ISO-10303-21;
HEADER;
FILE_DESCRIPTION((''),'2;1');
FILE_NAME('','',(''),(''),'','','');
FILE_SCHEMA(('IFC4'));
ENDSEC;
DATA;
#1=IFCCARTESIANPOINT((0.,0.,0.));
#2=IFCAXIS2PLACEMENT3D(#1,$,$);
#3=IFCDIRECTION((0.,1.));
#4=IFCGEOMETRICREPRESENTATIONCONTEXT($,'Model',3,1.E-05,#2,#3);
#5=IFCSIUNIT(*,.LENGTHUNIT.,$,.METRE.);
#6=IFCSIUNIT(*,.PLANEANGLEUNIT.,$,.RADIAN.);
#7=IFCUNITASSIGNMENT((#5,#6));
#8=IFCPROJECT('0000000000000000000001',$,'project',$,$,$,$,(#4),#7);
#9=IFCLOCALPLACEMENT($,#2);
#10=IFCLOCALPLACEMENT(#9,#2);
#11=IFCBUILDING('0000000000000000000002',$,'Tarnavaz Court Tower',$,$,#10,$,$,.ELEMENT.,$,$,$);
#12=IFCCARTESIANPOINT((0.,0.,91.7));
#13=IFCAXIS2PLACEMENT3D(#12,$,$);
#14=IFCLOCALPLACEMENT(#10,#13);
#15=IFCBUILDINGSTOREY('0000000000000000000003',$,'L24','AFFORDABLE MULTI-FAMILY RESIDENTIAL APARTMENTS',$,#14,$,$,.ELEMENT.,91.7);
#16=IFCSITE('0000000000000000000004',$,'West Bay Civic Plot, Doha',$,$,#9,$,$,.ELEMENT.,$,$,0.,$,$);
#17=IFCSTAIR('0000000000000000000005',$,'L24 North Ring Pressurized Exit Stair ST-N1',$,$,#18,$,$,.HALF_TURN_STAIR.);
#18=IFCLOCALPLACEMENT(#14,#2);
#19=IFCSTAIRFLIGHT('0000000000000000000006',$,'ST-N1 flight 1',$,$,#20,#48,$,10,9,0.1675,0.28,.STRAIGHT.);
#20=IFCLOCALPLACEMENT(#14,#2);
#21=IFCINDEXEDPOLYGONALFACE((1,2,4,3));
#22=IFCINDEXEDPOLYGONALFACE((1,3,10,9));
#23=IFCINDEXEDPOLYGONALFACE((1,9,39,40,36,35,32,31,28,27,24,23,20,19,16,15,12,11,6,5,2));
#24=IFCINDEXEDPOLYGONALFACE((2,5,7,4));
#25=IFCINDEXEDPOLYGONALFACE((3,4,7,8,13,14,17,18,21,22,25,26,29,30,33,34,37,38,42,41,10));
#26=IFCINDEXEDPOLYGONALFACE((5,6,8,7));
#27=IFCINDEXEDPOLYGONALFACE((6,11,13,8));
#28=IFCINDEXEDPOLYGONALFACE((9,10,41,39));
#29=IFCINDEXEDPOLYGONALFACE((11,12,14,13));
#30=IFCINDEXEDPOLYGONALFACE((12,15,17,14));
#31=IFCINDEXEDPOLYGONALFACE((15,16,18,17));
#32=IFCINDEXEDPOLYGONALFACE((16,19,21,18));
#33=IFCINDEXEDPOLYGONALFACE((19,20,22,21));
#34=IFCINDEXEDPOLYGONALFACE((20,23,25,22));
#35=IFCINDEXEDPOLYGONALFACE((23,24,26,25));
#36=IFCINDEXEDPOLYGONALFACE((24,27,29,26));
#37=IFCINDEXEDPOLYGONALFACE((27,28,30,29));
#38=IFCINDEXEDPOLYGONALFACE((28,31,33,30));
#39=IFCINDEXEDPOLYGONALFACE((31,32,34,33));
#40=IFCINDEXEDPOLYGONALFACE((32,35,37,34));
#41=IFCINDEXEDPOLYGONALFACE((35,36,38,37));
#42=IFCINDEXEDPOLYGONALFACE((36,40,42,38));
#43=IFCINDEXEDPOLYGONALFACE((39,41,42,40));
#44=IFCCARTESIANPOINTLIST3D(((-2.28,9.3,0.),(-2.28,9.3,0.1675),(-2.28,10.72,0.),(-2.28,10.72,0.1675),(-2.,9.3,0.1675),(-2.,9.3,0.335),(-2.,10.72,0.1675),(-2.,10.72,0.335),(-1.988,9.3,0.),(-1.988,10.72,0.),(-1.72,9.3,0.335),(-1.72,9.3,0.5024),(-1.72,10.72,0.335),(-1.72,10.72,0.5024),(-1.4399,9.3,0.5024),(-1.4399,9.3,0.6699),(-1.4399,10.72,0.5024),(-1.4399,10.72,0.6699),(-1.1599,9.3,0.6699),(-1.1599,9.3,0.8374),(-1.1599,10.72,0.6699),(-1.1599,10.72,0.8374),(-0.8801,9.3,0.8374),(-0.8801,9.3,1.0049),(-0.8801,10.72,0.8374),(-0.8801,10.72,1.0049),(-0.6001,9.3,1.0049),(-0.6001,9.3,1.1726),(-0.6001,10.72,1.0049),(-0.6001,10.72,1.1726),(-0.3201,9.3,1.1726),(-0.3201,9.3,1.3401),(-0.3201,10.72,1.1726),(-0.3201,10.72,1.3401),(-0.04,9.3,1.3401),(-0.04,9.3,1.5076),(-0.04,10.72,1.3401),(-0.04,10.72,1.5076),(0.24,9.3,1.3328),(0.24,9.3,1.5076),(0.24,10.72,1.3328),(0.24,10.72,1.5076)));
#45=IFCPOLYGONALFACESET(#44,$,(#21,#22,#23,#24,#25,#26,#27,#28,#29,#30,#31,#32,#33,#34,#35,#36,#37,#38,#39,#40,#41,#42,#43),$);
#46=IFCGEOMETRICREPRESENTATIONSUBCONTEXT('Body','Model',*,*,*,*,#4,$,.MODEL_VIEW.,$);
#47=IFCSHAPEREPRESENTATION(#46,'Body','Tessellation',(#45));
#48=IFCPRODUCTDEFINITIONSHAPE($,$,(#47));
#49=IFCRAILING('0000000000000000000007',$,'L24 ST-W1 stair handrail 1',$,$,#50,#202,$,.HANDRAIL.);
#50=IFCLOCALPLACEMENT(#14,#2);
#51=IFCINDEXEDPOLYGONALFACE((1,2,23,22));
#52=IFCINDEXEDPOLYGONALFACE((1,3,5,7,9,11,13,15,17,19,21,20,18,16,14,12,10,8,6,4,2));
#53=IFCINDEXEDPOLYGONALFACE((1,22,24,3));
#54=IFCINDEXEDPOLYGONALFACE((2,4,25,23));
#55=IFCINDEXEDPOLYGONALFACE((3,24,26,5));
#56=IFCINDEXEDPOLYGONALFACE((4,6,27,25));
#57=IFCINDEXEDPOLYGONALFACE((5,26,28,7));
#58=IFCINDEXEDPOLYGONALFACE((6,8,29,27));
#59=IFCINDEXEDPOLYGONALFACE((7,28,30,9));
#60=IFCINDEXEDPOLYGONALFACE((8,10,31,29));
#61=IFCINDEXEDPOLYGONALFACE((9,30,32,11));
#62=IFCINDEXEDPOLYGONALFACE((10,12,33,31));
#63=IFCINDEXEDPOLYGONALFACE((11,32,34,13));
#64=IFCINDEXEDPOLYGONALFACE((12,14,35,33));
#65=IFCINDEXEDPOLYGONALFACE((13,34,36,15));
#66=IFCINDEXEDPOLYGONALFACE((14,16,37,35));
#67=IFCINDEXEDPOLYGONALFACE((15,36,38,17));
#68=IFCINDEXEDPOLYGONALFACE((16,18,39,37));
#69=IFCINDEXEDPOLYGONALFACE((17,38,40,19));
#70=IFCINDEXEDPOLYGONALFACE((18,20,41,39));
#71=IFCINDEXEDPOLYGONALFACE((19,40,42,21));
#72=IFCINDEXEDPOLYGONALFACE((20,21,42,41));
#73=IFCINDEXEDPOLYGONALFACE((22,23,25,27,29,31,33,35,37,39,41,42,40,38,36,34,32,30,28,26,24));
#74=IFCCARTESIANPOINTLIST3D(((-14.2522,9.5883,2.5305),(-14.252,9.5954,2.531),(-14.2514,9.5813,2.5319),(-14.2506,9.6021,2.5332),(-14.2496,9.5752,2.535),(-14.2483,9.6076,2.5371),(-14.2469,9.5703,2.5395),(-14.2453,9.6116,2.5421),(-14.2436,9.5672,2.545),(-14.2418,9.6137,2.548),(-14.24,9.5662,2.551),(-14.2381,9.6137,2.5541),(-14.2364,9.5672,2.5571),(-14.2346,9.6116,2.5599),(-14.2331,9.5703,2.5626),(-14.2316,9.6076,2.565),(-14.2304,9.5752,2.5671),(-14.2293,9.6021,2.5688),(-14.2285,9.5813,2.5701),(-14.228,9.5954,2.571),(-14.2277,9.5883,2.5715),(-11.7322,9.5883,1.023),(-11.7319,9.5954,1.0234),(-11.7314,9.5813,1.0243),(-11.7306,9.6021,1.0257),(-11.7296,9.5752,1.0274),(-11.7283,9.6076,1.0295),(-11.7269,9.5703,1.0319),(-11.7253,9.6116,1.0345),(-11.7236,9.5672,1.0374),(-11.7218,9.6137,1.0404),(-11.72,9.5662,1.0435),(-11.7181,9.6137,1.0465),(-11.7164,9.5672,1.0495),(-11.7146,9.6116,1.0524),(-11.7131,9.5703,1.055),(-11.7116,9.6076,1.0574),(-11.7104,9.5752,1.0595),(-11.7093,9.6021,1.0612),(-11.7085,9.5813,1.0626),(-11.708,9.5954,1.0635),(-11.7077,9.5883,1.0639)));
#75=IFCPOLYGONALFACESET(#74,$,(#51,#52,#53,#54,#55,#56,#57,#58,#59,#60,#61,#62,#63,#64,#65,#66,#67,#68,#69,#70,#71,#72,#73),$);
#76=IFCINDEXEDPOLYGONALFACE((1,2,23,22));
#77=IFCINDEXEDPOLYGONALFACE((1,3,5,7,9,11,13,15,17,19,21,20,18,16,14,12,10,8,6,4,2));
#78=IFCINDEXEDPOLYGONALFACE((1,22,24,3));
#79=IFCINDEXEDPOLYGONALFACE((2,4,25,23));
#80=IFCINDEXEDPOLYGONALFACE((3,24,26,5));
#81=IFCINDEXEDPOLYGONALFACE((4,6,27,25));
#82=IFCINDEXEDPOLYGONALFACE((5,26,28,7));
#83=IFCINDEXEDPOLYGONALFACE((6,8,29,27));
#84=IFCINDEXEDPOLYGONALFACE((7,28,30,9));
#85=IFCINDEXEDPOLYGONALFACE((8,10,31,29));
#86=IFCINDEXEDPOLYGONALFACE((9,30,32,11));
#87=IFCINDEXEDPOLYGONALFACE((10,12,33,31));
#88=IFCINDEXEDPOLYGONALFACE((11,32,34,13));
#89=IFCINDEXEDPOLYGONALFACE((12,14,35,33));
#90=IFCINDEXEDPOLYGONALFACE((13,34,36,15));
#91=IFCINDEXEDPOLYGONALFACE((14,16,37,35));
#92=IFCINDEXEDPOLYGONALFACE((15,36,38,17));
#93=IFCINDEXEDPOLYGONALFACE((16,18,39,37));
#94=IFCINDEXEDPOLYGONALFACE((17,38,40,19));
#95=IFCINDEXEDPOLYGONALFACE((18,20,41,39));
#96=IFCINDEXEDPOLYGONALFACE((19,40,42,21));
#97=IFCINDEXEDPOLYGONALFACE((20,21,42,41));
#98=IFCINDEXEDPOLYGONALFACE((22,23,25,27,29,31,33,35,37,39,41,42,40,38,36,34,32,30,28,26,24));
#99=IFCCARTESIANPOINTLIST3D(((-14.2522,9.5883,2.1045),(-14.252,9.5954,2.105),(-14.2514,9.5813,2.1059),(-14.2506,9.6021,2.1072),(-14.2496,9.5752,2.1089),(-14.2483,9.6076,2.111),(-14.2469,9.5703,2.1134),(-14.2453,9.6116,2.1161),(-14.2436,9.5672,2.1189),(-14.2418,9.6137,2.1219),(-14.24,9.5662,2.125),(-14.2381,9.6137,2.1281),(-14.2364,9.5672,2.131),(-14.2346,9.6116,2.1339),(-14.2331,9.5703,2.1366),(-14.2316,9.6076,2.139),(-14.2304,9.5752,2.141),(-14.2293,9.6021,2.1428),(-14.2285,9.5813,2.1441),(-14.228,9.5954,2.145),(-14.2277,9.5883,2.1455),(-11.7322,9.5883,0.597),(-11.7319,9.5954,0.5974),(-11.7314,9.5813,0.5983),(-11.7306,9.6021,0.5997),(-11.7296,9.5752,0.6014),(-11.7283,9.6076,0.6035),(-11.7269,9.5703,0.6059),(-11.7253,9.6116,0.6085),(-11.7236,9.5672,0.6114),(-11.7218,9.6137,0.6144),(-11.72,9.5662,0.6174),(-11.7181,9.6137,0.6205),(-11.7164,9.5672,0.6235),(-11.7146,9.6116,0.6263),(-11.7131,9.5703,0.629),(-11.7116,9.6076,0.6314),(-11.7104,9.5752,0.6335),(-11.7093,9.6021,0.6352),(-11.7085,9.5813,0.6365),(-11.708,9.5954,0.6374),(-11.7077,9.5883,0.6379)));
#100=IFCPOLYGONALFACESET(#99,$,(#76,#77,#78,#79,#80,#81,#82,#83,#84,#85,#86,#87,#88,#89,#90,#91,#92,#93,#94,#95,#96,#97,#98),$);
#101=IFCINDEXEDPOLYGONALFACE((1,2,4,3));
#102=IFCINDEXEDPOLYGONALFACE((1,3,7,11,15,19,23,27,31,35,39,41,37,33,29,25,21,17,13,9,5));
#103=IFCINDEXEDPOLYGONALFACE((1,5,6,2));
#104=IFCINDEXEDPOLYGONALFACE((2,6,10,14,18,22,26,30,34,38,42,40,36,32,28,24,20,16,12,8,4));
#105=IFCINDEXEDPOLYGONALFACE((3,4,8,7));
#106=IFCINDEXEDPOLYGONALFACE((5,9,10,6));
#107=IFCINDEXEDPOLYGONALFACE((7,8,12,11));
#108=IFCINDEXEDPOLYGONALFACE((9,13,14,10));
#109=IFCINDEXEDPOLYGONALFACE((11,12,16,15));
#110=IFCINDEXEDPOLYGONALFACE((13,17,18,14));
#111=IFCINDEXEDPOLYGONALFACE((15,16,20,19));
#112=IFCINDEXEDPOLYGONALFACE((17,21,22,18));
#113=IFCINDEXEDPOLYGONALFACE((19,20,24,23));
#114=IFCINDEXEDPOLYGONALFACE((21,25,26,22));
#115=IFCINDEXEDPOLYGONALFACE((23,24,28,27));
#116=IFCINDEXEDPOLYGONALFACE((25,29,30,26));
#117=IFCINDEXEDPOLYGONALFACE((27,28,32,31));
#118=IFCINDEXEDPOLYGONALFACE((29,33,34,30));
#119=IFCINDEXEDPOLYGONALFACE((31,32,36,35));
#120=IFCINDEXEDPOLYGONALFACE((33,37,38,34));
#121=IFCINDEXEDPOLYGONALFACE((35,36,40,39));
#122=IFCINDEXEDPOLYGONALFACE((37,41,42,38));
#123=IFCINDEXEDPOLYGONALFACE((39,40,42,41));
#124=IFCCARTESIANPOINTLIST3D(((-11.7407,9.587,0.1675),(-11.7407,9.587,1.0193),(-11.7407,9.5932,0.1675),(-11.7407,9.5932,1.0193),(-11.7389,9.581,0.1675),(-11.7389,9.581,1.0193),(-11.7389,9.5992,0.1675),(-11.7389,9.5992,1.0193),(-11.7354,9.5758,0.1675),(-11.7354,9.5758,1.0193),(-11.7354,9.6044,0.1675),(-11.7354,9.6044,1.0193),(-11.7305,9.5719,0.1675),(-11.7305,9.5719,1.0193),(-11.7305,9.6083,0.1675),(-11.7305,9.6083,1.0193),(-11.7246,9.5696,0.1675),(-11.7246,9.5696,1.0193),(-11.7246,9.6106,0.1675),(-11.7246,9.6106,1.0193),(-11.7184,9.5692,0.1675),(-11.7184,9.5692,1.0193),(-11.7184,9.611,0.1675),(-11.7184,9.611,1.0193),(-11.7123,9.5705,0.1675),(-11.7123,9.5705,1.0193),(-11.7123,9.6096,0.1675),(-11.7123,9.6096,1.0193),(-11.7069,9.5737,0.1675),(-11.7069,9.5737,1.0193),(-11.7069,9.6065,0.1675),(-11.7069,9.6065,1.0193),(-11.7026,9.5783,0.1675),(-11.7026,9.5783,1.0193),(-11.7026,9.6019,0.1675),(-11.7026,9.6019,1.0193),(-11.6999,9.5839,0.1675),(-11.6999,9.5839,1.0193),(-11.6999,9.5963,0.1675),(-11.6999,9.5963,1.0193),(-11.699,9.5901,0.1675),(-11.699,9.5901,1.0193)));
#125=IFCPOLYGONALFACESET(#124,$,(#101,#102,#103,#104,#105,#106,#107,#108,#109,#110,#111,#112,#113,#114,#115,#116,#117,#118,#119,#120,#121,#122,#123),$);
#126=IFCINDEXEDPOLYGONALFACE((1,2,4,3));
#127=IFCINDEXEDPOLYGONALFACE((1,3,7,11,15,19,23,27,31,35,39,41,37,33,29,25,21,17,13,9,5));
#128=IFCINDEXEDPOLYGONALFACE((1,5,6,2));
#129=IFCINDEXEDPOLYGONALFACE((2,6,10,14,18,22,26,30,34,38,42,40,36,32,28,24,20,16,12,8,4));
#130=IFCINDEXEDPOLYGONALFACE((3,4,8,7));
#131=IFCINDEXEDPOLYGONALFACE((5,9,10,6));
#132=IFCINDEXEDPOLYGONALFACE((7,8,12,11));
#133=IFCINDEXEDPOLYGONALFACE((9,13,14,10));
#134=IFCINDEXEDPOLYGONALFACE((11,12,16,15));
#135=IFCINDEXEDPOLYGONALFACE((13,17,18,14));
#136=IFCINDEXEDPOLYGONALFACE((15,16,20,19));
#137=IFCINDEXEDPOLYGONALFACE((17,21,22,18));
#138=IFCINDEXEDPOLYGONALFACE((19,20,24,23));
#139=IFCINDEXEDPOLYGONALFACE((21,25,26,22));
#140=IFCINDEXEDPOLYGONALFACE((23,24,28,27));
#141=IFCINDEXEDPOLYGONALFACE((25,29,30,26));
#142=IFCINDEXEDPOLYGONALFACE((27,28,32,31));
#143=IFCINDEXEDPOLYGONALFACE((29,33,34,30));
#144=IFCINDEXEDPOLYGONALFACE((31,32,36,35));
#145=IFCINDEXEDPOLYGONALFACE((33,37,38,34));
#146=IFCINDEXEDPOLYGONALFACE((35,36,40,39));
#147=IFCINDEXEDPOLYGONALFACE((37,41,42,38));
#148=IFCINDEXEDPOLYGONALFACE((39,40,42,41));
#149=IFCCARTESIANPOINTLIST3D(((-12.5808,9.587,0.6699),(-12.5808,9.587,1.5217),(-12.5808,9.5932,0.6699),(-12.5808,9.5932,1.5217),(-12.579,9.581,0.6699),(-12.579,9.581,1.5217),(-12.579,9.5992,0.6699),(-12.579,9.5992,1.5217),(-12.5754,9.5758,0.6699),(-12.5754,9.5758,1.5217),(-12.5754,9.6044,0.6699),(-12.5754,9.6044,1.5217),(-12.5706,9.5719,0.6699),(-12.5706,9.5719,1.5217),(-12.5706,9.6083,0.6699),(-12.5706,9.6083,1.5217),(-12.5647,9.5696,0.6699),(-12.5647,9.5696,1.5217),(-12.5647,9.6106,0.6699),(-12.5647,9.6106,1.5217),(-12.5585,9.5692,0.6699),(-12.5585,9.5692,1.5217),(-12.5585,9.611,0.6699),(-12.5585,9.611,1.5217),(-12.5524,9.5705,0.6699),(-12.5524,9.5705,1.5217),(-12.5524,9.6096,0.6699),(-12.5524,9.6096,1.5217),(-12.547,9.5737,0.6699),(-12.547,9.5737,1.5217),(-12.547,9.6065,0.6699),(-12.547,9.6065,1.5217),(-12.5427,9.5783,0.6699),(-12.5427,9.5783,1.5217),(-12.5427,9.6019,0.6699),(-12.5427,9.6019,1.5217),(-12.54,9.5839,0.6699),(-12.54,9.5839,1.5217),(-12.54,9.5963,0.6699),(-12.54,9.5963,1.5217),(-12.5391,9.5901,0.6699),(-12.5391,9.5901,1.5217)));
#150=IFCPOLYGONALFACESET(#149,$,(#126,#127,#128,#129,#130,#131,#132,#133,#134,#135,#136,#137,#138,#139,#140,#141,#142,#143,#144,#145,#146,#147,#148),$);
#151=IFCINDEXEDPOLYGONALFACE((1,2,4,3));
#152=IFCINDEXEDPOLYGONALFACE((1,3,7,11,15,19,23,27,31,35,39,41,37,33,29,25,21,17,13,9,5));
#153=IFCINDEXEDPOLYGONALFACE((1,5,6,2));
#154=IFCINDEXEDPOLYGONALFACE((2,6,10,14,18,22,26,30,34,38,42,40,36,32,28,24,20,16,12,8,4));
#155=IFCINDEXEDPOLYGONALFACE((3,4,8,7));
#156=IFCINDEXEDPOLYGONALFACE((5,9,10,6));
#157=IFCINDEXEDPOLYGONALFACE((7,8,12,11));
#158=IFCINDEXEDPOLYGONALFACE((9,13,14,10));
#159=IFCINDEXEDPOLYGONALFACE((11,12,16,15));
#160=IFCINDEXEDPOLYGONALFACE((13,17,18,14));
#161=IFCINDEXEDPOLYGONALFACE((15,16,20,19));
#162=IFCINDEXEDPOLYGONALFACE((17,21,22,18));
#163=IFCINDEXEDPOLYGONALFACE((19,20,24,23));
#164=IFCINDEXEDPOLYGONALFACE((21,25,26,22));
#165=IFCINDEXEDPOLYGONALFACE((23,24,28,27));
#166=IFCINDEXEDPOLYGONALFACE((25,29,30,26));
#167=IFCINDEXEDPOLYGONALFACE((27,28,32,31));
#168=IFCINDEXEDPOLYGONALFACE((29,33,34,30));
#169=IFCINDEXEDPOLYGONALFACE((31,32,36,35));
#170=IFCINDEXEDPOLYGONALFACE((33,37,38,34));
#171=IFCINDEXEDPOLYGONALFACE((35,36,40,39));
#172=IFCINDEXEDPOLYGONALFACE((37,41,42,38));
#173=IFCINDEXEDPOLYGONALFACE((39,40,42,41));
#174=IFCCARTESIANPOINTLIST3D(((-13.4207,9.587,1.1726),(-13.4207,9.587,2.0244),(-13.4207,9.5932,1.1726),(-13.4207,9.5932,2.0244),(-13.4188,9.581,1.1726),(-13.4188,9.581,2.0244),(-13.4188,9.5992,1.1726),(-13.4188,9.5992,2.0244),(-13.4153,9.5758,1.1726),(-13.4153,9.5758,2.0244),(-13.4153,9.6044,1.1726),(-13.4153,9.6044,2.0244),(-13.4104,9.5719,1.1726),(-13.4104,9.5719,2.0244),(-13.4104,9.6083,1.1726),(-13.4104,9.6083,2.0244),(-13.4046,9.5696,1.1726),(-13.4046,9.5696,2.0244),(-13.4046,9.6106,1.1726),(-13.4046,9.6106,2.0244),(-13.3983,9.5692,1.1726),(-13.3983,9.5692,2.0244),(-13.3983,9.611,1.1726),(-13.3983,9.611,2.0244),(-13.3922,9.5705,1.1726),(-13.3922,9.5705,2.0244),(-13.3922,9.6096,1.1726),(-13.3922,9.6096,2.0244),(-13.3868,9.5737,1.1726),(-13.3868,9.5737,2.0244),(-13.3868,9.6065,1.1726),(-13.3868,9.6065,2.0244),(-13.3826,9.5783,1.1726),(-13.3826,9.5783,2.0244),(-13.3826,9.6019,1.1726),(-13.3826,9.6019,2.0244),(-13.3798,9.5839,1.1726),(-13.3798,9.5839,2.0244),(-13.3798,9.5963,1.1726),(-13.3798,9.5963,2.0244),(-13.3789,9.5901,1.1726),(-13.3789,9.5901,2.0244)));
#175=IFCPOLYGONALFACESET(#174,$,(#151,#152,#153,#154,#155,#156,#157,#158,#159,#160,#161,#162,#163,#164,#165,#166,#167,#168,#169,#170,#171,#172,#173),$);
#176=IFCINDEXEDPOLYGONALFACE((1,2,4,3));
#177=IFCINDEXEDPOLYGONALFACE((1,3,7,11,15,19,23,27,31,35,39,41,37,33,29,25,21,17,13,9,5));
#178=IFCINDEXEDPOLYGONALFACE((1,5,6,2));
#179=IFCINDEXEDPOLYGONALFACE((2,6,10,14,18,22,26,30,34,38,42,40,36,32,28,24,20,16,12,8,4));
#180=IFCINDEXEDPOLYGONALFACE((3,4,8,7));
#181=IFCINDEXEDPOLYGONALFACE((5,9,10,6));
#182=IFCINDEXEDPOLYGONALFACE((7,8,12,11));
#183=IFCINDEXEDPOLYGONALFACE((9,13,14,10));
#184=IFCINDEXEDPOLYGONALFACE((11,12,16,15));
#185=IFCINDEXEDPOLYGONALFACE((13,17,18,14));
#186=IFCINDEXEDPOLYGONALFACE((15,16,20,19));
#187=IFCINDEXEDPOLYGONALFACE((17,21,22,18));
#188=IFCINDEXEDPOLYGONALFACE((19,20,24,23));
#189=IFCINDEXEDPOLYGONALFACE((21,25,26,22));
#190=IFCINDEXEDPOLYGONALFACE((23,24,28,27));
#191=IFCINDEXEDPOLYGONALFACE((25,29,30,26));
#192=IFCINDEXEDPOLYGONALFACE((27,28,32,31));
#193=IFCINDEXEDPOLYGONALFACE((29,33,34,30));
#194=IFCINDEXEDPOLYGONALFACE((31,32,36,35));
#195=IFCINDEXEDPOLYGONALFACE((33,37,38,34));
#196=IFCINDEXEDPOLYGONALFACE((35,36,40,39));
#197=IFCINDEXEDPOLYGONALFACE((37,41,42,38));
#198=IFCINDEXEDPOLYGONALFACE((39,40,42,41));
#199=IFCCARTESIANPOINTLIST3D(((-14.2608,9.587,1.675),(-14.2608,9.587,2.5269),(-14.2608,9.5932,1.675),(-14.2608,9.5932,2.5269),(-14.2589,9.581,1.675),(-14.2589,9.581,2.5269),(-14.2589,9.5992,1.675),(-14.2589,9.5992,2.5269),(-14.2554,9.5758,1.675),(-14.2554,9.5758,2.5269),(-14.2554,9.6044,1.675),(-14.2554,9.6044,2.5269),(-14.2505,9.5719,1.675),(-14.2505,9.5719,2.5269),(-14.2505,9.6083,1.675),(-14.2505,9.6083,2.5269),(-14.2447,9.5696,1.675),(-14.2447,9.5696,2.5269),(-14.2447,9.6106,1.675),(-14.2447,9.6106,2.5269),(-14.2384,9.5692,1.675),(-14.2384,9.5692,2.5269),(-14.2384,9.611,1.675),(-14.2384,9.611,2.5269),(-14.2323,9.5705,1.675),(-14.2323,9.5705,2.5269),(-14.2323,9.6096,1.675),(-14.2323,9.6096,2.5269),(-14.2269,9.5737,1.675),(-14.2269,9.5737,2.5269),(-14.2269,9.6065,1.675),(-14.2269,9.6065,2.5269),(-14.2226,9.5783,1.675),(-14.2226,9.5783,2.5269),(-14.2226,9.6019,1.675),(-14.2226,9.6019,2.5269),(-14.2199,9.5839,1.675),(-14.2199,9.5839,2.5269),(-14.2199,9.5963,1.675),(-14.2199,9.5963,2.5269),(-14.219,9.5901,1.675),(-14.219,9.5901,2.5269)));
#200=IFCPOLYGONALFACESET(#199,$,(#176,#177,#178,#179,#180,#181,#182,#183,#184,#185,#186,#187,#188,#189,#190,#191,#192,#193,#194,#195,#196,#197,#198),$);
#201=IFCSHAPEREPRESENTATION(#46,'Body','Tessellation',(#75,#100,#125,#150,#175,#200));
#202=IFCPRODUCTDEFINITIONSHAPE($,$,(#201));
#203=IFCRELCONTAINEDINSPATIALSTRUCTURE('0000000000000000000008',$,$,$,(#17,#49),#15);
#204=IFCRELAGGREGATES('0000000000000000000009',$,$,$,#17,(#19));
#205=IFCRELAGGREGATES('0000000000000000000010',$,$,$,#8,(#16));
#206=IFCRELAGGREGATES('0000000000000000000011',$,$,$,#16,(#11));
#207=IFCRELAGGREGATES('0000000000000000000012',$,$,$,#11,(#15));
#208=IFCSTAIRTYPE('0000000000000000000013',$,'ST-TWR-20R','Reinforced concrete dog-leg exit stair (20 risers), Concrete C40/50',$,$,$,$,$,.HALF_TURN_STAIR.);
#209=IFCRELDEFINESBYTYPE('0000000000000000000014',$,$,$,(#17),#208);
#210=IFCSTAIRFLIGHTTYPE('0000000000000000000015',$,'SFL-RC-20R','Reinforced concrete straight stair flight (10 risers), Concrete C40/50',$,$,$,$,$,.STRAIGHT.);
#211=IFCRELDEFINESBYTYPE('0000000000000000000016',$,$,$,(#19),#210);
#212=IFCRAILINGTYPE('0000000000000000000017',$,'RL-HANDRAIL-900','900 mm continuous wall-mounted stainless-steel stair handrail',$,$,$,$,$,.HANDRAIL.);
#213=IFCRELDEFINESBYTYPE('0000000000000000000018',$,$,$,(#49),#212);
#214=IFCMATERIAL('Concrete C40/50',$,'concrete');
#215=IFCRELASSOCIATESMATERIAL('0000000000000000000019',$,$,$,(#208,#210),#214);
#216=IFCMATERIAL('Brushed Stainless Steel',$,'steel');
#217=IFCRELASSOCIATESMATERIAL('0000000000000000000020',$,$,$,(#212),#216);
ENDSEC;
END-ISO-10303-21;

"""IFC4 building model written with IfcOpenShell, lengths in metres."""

from ifc_helpers import new_model, si_unit, direction, frame, origin, origin_2d, place, context, subcontext, project, spatial, polyline, circle, outline, extrude, material, type_object, element, aggregate, save


model = new_model("IFC4")

# Units and contexts
model_context = context("Model", 3, precision=1e-05, world=origin(), true_north=direction((0.0, 1.0)))
body_context = subcontext(model_context, "Body", "Model", "MODEL_VIEW")
ifc_project = project(units=[si_unit("LENGTHUNIT", "METRE"), si_unit("PLANEANGLEUNIT", "RADIAN")], contexts=[model_context])

# Site, building, storey
site_placement = place(None, origin())
site = spatial("IfcSite", under=ifc_project, at=site_placement, Name="West Bay Civic Plot, Doha", CompositionType="ELEMENT", RefElevation=0.0)
building_placement = place(site_placement, origin())
building = spatial("IfcBuilding", under=site, at=building_placement, Name="Tarnavaz Court Tower", CompositionType="ELEMENT")
storey_placement = place(building_placement, frame((0.0, 0.0, 91.7)))
storey = spatial("IfcBuildingStorey", under=building, at=storey_placement, Name="L24", Description="AFFORDABLE MULTI-FAMILY RESIDENTIAL APARTMENTS", CompositionType="ELEMENT", Elevation=91.7)

# Stair, stair flight
ifc_material_1 = material(Name="Concrete C40/50", Category="concrete")
stair_type = type_object("IfcStairType", Name="ST-TWR-20R", Description="Reinforced concrete dog-leg exit stair (20 risers), Concrete C40/50", PredefinedType="HALF_TURN_STAIR", material=ifc_material_1)
stair_flight_type = type_object("IfcStairFlightType", Name="SFL-RC-20R", Description="Reinforced concrete straight stair flight (10 risers), Concrete C40/50", PredefinedType="STRAIGHT", material=ifc_material_1)
stair_1_placement = place(storey_placement, origin())
stair_1 = element("IfcStair", 1, at=stair_1_placement, inside=storey, type_object=stair_type, Name="L24 North Ring Pressurized Exit Stair ST-N1", PredefinedType="HALF_TURN_STAIR")
stair_flight_1_placement = place(storey_placement, frame((-2.28, 10.01, 0.0), z_axis=(0.0, 0.0, 1.0), x_axis=(1.0, 0.0, 0.0)))
stair_flight_1 = element("IfcStairFlight", 2, at=stair_flight_1_placement, type_object=stair_flight_type, Name="ST-N1 flight 1", NumberOfRisers=10, NumberOfTreads=9, PredefinedType="STRAIGHT", RiserHeight=0.1675, TreadLength=0.28, context=body_context, shape_type="SweptSolid", body=[
    extrude(outline(polyline([(0.0, 0.0), (0.0, 0.1675), (0.28, 0.1675), (0.28, 0.335), (0.5601, 0.335), (0.5601, 0.5024), (0.8401, 0.5024), (0.8401, 0.6699), (1.1201, 0.6699), (1.1201, 0.8374), (1.3999, 0.8374), (1.3999, 1.0049), (1.6799, 1.0049), (1.6799, 1.1726), (1.96, 1.1726), (1.96, 1.3401), (2.24, 1.3401), (2.24, 1.5076), (2.52, 1.5076), (2.52, 1.675), (2.52, 1.3328), (0.292, 0.0), (0.0, 0.0)])), frame((0.0, 0.71, 0.0), z_axis=(0.0, -1.0, 0.0), x_axis=(1.0, 0.0, 0.0)), (0.0, 0.0, 1.0), 1.4199),
])
aggregate(stair_1, [stair_flight_1])

# Railing
ifc_material_2 = material(Name="Brushed Stainless Steel", Category="steel")
railing_type_1 = type_object("IfcRailingType", Name="RL-HANDRAIL-900", Description="900 mm continuous wall-mounted stainless-steel stair handrail", PredefinedType="HANDRAIL", material=ifc_material_2)
railing_1_placement = place(storey_placement, frame((-11.72, 9.5901, 0.1675)))
element("IfcRailing", 3, at=railing_1_placement, inside=storey, type_object=railing_type_1, Name="L24 ST-W1 stair handrail 1", PredefinedType="HANDRAIL", context=body_context, shape_type="SweptSolid", body=[
    extrude(circle(Radius=0.0239, at=origin_2d()), frame((0.0, 0.0, 0.876), z_axis=(-0.85816, 0.0, 0.513383), x_axis=(0.0, -1.0, 0.0)), (0.0, 0.0, 1.0), 2.9365),
    extrude(circle(Radius=0.0239, at=origin_2d()), frame((0.0, 0.0, 0.45), z_axis=(-0.85816, 0.0, 0.513383), x_axis=(0.0, -1.0, 0.0)), (0.0, 0.0, 1.0), 2.9365),
    extrude(circle(Radius=0.021, at=origin_2d()), origin(), (0.0, 0.0, 1.0), 0.8518),
    extrude(circle(Radius=0.021, at=origin_2d()), frame((-0.8401, 0.0, 0.5024)), (0.0, 0.0, 1.0), 0.8518),
    extrude(circle(Radius=0.021, at=origin_2d()), frame((-1.6799, 0.0, 1.0051)), (0.0, 0.0, 1.0), 0.8518),
    extrude(circle(Radius=0.021, at=origin_2d()), frame((-2.52, 0.0, 1.5076)), (0.0, 0.0, 1.0), 0.8518),
])

save(model, "model.ifc")
